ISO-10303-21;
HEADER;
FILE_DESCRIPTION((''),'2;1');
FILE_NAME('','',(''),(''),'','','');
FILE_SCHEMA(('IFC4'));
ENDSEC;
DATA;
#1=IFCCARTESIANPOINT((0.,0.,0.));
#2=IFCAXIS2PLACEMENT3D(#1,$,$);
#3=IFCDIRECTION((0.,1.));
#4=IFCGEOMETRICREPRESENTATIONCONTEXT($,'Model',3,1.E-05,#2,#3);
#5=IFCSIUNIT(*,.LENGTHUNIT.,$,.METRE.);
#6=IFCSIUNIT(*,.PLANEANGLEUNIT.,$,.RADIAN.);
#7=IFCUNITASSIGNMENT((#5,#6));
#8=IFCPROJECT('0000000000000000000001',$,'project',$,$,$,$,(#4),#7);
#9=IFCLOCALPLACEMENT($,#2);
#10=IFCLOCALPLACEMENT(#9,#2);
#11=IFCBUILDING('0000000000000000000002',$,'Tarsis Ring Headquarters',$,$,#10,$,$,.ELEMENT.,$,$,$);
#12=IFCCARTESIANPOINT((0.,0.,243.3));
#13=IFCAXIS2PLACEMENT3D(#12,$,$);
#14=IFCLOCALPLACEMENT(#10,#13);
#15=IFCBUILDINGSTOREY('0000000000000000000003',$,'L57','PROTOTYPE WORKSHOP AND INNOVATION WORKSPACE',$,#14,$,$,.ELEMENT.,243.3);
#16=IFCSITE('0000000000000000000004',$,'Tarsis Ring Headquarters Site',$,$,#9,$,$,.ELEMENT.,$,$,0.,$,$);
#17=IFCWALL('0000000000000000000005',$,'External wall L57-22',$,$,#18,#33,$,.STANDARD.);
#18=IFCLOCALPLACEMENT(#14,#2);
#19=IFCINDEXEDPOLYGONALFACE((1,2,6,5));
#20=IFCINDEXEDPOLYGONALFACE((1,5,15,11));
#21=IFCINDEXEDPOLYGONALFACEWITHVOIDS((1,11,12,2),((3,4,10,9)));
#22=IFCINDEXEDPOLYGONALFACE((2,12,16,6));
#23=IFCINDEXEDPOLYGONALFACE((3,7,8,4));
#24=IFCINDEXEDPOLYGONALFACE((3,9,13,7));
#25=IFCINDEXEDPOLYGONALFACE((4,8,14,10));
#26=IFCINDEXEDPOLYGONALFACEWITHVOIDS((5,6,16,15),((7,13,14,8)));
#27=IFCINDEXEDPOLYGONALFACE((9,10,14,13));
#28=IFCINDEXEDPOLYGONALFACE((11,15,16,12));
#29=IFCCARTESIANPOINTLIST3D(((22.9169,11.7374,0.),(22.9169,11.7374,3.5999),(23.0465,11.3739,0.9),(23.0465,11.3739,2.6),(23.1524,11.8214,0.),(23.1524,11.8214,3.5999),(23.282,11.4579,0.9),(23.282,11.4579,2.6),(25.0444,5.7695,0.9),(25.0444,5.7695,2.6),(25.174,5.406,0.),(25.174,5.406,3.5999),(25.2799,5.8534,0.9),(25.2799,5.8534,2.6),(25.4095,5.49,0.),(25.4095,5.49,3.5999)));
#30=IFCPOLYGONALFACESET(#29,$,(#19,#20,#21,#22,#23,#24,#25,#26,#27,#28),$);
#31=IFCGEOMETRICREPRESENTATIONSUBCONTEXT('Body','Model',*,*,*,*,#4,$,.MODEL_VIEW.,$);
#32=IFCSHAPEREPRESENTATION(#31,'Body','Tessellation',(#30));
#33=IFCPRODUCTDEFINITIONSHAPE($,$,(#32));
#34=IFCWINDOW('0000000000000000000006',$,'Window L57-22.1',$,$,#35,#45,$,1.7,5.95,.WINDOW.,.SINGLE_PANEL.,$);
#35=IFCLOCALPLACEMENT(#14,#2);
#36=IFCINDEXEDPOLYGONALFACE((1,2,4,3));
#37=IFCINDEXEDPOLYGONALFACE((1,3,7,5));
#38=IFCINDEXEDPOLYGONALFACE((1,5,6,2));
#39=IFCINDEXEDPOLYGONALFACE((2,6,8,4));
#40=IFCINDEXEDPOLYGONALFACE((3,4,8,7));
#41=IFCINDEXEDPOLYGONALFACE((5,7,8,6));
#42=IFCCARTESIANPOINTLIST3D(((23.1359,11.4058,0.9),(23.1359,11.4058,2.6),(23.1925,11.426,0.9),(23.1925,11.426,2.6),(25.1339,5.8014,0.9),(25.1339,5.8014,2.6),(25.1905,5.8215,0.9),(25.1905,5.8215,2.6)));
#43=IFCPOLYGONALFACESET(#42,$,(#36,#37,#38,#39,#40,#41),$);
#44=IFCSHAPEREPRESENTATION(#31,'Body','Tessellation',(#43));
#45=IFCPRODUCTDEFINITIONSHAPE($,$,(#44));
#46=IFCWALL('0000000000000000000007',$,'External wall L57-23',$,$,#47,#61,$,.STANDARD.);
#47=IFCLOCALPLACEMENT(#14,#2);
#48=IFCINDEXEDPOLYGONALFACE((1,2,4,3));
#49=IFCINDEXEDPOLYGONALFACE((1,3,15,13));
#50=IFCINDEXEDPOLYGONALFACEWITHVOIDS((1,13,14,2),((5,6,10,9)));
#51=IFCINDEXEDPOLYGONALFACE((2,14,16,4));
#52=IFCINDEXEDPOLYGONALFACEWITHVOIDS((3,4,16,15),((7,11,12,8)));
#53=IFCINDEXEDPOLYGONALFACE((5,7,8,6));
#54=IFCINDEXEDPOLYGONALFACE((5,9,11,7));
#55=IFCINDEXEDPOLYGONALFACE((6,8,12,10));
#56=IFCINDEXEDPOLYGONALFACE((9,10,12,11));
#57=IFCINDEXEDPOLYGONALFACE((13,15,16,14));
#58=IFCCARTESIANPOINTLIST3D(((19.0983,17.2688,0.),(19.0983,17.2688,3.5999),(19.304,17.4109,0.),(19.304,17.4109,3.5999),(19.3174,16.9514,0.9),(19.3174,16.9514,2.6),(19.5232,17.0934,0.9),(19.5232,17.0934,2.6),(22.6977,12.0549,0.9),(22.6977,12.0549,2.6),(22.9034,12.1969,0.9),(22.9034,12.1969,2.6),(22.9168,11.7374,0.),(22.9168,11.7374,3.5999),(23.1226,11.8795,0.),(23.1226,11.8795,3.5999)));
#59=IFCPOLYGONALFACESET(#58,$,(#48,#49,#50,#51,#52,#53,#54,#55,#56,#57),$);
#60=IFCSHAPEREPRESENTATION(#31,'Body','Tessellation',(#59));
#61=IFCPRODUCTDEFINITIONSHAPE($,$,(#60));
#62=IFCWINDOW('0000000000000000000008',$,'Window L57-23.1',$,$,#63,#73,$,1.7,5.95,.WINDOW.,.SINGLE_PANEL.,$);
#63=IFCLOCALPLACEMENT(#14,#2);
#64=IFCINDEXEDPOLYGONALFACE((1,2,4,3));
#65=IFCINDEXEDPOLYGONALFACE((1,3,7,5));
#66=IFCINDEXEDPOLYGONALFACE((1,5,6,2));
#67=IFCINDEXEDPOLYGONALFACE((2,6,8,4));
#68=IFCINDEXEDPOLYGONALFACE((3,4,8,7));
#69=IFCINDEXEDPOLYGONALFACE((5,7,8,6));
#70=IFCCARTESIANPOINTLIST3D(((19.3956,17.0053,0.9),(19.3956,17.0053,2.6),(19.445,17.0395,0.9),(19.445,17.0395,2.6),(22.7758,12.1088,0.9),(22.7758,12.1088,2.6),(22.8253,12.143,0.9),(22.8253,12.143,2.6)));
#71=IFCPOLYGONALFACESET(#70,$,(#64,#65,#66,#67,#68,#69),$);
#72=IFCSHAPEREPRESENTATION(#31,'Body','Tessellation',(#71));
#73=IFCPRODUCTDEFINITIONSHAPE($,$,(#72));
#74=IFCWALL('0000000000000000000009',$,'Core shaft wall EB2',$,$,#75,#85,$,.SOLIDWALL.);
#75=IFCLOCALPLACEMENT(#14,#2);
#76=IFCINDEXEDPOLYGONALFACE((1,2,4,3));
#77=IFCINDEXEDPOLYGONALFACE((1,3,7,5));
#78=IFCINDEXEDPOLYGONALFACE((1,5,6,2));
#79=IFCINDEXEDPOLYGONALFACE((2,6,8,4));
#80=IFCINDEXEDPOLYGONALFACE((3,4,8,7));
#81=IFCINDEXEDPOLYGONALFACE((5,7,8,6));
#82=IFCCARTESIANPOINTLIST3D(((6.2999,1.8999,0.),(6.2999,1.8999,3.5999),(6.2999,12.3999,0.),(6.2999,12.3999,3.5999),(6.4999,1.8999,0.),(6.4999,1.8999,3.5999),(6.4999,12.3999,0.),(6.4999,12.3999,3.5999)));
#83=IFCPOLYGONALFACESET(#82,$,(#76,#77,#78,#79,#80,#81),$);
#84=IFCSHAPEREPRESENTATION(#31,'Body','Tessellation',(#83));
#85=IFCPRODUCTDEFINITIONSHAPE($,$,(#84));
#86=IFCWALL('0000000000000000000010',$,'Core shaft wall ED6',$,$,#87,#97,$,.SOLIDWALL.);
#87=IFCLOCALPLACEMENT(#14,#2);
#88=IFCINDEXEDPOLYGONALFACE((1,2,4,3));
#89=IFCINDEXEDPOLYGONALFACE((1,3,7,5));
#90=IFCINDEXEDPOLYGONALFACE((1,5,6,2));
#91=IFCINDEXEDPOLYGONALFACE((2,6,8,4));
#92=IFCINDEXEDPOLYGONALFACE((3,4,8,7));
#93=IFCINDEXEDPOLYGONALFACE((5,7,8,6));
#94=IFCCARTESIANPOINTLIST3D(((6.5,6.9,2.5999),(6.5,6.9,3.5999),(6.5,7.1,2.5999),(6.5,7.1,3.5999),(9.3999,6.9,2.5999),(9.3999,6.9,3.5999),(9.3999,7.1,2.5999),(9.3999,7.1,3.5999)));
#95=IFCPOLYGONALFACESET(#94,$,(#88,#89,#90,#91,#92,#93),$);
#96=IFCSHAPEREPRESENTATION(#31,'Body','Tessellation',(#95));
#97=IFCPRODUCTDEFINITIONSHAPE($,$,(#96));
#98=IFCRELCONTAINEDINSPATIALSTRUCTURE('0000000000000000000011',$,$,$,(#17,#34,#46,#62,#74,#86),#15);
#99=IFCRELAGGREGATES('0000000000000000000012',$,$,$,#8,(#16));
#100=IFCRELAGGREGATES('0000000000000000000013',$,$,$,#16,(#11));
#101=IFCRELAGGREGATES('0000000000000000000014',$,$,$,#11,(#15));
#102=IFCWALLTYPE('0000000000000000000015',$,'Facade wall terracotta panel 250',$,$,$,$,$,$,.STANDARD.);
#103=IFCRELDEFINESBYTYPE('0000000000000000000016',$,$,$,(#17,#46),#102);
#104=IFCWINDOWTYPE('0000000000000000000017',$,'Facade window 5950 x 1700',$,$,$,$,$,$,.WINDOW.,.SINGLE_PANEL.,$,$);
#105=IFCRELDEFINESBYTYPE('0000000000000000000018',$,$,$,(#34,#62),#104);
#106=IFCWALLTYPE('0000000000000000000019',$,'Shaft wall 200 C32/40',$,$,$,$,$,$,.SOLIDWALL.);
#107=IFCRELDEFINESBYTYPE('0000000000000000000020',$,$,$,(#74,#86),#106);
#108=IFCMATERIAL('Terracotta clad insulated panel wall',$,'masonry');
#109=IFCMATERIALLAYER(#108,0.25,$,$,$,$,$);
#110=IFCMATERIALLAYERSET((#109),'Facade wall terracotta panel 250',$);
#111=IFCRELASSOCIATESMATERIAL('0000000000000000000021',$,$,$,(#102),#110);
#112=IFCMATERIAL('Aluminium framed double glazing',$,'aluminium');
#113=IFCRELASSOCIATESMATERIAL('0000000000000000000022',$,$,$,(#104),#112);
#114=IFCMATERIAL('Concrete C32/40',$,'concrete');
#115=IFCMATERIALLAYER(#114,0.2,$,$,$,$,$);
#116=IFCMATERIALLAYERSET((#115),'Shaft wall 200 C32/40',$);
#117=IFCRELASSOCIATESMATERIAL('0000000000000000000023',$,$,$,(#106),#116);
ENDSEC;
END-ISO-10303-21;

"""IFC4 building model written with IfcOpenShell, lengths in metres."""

from ifc_helpers import new_model, si_unit, direction, frame, frame_2d, origin, place, context, subcontext, project, spatial, rectangle, extrude, material, layer, layer_set, type_object, element, fill, save


model = new_model("IFC4")

# Units and contexts
model_context = context("Model", 3, precision=1e-05, world=origin(), true_north=direction((0.0, 1.0)))
body_context = subcontext(model_context, "Body", "Model", "MODEL_VIEW")
ifc_project = project(units=[si_unit("LENGTHUNIT", "METRE"), si_unit("PLANEANGLEUNIT", "RADIAN")], contexts=[model_context])

# Site, building, storey
site_placement = place(None, origin())
site = spatial("IfcSite", under=ifc_project, at=site_placement, Name="Tarsis Ring Headquarters Site", CompositionType="ELEMENT", RefElevation=0.0)
building_placement = place(site_placement, origin())
building = spatial("IfcBuilding", under=site, at=building_placement, Name="Tarsis Ring Headquarters", CompositionType="ELEMENT")
storey_placement = place(building_placement, frame((0.0, 0.0, 243.3)))
storey = spatial("IfcBuildingStorey", under=building, at=storey_placement, Name="L57", Description="PROTOTYPE WORKSHOP AND INNOVATION WORKSPACE", CompositionType="ELEMENT", Elevation=243.3)

# Walls, openings, windows
ifc_material_1 = material(Name="Terracotta clad insulated panel wall", Category="masonry")
ifc_layer_1 = layer(ifc_material_1, 0.25)
ifc_layer_set_1 = layer_set([ifc_layer_1], Name="Facade wall terracotta panel 250")
wall_type_1 = type_object("IfcWallType", Name="Facade wall terracotta panel 250", PredefinedType="STANDARD", material=ifc_layer_set_1)
ifc_material_2 = material(Name="Aluminium framed double glazing", Category="aluminium")
window_type = type_object("IfcWindowType", Name="Facade window 5950 x 1700", PartitioningType="SINGLE_PANEL", PredefinedType="WINDOW", material=ifc_material_2)
wall_1_placement = place(storey_placement, frame((25.2917, 5.448, 0.0), z_axis=(0.0, 0.0, 1.0), x_axis=(-0.335796, 0.941935, 0.0)))
wall_1 = element("IfcWall", 1, at=wall_1_placement, inside=storey, type_object=wall_type_1, Name="External wall L57-22", PredefinedType="STANDARD", context=body_context, shape_type="SweptSolid", body=[
    extrude(rectangle(XDim=6.7217, YDim=0.25, at=frame_2d((3.3608, 0.0))), origin(), (0.0, 0.0, 1.0), 3.5999),
])
opening_1_placement = place(wall_1_placement, frame((0.3857, 0.0, 0.8999)))
opening_1 = element("IfcOpeningElement", 2, at=opening_1_placement, cuts=wall_1, PredefinedType="OPENING", context=body_context, shape_type="SweptSolid", body=[
    extrude(rectangle(XDim=5.95, YDim=1.7, at=frame_2d((2.9751, 0.8501))), frame((0.0, 0.135, 0.0), z_axis=(0.0, -1.0, 0.0), x_axis=(1.0, 0.0, 0.0)), (0.0, 0.0, 1.0), 0.27),
])
window_1_placement = place(opening_1_placement, origin())
window_1 = element("IfcWindow", 3, at=window_1_placement, inside=storey, type_object=window_type, Name="Window L57-22.1", OverallHeight=1.7, OverallWidth=5.95, PartitioningType="SINGLE_PANEL", PredefinedType="WINDOW", context=body_context, shape_type="SweptSolid", body=[
    extrude(rectangle(XDim=5.95, YDim=1.7, at=frame_2d((2.9751, 0.8501))), frame((0.0, 0.03, 0.0), z_axis=(0.0, -1.0, 0.0), x_axis=(1.0, 0.0, 0.0)), (0.0, 0.0, 1.0), 0.0601),
])
fill(opening_1, window_1)
wall_2_placement = place(storey_placement, frame((23.0198, 11.8083, 0.0), z_axis=(0.0, 0.0, 1.0), x_axis=(-0.568114, 0.82295, 0.0)))
wall_2 = element("IfcWall", 4, at=wall_2_placement, inside=storey, type_object=wall_type_1, Name="External wall L57-23", PredefinedType="STANDARD", context=body_context, shape_type="SweptSolid", body=[
    extrude(rectangle(XDim=6.7214, YDim=0.25, at=frame_2d((3.3608, 0.0))), origin(), (0.0, 0.0, 1.0), 3.5999),
])
opening_2_placement = place(wall_2_placement, frame((0.3857, 0.0, 0.8999)))
opening_2 = element("IfcOpeningElement", 5, at=opening_2_placement, cuts=wall_2, PredefinedType="OPENING", context=body_context, shape_type="SweptSolid", body=[
    extrude(rectangle(XDim=5.95, YDim=1.7, at=frame_2d((2.9751, 0.8501))), frame((0.0, 0.135, 0.0), z_axis=(0.0, -1.0, 0.0), x_axis=(1.0, 0.0, 0.0)), (0.0, 0.0, 1.0), 0.27),
])
window_2_placement = place(opening_2_placement, origin())
window_2 = element("IfcWindow", 6, at=window_2_placement, inside=storey, type_object=window_type, Name="Window L57-23.1", OverallHeight=1.7, OverallWidth=5.95, PartitioningType="SINGLE_PANEL", PredefinedType="WINDOW", context=body_context, shape_type="SweptSolid", body=[
    extrude(rectangle(XDim=5.95, YDim=1.7, at=frame_2d((2.9751, 0.8501))), frame((0.0, 0.03, 0.0), z_axis=(0.0, -1.0, 0.0), x_axis=(1.0, 0.0, 0.0)), (0.0, 0.0, 1.0), 0.0601),
])
fill(opening_2, window_2)

# Walls
ifc_material_3 = material(Name="Concrete C32/40", Category="concrete")
ifc_layer_2 = layer(ifc_material_3, 0.2)
ifc_layer_set_2 = layer_set([ifc_layer_2], Name="Shaft wall 200 C32/40")
wall_type_2 = type_object("IfcWallType", Name="Shaft wall 200 C32/40", PredefinedType="SOLIDWALL", material=ifc_layer_set_2)
wall_3_placement = place(storey_placement, frame((6.3999, 1.8999, 0.0), z_axis=(0.0, 0.0, 1.0), x_axis=(0.0, 1.0, 0.0)))
element("IfcWall", 7, at=wall_3_placement, inside=storey, type_object=wall_type_2, Name="Core shaft wall EB2", PredefinedType="SOLIDWALL", context=body_context, shape_type="SweptSolid", body=[
    extrude(rectangle(XDim=10.5, YDim=0.2, at=frame_2d((5.25, 0.0))), origin(), (0.0, 0.0, 1.0), 3.5999),
])
wall_4_placement = place(storey_placement, frame((6.5, 7.0, 2.5999), z_axis=(0.0, 0.0, 1.0), x_axis=(1.0, 0.0, 0.0)))
element("IfcWall", 8, at=wall_4_placement, inside=storey, type_object=wall_type_2, Name="Core shaft wall ED6", PredefinedType="SOLIDWALL", context=body_context, shape_type="SweptSolid", body=[
    extrude(rectangle(XDim=2.8999, YDim=0.2, at=frame_2d((1.45, 0.0))), origin(), (0.0, 0.0, 1.0), 1.0),
])

save(model, "model.ifc")
